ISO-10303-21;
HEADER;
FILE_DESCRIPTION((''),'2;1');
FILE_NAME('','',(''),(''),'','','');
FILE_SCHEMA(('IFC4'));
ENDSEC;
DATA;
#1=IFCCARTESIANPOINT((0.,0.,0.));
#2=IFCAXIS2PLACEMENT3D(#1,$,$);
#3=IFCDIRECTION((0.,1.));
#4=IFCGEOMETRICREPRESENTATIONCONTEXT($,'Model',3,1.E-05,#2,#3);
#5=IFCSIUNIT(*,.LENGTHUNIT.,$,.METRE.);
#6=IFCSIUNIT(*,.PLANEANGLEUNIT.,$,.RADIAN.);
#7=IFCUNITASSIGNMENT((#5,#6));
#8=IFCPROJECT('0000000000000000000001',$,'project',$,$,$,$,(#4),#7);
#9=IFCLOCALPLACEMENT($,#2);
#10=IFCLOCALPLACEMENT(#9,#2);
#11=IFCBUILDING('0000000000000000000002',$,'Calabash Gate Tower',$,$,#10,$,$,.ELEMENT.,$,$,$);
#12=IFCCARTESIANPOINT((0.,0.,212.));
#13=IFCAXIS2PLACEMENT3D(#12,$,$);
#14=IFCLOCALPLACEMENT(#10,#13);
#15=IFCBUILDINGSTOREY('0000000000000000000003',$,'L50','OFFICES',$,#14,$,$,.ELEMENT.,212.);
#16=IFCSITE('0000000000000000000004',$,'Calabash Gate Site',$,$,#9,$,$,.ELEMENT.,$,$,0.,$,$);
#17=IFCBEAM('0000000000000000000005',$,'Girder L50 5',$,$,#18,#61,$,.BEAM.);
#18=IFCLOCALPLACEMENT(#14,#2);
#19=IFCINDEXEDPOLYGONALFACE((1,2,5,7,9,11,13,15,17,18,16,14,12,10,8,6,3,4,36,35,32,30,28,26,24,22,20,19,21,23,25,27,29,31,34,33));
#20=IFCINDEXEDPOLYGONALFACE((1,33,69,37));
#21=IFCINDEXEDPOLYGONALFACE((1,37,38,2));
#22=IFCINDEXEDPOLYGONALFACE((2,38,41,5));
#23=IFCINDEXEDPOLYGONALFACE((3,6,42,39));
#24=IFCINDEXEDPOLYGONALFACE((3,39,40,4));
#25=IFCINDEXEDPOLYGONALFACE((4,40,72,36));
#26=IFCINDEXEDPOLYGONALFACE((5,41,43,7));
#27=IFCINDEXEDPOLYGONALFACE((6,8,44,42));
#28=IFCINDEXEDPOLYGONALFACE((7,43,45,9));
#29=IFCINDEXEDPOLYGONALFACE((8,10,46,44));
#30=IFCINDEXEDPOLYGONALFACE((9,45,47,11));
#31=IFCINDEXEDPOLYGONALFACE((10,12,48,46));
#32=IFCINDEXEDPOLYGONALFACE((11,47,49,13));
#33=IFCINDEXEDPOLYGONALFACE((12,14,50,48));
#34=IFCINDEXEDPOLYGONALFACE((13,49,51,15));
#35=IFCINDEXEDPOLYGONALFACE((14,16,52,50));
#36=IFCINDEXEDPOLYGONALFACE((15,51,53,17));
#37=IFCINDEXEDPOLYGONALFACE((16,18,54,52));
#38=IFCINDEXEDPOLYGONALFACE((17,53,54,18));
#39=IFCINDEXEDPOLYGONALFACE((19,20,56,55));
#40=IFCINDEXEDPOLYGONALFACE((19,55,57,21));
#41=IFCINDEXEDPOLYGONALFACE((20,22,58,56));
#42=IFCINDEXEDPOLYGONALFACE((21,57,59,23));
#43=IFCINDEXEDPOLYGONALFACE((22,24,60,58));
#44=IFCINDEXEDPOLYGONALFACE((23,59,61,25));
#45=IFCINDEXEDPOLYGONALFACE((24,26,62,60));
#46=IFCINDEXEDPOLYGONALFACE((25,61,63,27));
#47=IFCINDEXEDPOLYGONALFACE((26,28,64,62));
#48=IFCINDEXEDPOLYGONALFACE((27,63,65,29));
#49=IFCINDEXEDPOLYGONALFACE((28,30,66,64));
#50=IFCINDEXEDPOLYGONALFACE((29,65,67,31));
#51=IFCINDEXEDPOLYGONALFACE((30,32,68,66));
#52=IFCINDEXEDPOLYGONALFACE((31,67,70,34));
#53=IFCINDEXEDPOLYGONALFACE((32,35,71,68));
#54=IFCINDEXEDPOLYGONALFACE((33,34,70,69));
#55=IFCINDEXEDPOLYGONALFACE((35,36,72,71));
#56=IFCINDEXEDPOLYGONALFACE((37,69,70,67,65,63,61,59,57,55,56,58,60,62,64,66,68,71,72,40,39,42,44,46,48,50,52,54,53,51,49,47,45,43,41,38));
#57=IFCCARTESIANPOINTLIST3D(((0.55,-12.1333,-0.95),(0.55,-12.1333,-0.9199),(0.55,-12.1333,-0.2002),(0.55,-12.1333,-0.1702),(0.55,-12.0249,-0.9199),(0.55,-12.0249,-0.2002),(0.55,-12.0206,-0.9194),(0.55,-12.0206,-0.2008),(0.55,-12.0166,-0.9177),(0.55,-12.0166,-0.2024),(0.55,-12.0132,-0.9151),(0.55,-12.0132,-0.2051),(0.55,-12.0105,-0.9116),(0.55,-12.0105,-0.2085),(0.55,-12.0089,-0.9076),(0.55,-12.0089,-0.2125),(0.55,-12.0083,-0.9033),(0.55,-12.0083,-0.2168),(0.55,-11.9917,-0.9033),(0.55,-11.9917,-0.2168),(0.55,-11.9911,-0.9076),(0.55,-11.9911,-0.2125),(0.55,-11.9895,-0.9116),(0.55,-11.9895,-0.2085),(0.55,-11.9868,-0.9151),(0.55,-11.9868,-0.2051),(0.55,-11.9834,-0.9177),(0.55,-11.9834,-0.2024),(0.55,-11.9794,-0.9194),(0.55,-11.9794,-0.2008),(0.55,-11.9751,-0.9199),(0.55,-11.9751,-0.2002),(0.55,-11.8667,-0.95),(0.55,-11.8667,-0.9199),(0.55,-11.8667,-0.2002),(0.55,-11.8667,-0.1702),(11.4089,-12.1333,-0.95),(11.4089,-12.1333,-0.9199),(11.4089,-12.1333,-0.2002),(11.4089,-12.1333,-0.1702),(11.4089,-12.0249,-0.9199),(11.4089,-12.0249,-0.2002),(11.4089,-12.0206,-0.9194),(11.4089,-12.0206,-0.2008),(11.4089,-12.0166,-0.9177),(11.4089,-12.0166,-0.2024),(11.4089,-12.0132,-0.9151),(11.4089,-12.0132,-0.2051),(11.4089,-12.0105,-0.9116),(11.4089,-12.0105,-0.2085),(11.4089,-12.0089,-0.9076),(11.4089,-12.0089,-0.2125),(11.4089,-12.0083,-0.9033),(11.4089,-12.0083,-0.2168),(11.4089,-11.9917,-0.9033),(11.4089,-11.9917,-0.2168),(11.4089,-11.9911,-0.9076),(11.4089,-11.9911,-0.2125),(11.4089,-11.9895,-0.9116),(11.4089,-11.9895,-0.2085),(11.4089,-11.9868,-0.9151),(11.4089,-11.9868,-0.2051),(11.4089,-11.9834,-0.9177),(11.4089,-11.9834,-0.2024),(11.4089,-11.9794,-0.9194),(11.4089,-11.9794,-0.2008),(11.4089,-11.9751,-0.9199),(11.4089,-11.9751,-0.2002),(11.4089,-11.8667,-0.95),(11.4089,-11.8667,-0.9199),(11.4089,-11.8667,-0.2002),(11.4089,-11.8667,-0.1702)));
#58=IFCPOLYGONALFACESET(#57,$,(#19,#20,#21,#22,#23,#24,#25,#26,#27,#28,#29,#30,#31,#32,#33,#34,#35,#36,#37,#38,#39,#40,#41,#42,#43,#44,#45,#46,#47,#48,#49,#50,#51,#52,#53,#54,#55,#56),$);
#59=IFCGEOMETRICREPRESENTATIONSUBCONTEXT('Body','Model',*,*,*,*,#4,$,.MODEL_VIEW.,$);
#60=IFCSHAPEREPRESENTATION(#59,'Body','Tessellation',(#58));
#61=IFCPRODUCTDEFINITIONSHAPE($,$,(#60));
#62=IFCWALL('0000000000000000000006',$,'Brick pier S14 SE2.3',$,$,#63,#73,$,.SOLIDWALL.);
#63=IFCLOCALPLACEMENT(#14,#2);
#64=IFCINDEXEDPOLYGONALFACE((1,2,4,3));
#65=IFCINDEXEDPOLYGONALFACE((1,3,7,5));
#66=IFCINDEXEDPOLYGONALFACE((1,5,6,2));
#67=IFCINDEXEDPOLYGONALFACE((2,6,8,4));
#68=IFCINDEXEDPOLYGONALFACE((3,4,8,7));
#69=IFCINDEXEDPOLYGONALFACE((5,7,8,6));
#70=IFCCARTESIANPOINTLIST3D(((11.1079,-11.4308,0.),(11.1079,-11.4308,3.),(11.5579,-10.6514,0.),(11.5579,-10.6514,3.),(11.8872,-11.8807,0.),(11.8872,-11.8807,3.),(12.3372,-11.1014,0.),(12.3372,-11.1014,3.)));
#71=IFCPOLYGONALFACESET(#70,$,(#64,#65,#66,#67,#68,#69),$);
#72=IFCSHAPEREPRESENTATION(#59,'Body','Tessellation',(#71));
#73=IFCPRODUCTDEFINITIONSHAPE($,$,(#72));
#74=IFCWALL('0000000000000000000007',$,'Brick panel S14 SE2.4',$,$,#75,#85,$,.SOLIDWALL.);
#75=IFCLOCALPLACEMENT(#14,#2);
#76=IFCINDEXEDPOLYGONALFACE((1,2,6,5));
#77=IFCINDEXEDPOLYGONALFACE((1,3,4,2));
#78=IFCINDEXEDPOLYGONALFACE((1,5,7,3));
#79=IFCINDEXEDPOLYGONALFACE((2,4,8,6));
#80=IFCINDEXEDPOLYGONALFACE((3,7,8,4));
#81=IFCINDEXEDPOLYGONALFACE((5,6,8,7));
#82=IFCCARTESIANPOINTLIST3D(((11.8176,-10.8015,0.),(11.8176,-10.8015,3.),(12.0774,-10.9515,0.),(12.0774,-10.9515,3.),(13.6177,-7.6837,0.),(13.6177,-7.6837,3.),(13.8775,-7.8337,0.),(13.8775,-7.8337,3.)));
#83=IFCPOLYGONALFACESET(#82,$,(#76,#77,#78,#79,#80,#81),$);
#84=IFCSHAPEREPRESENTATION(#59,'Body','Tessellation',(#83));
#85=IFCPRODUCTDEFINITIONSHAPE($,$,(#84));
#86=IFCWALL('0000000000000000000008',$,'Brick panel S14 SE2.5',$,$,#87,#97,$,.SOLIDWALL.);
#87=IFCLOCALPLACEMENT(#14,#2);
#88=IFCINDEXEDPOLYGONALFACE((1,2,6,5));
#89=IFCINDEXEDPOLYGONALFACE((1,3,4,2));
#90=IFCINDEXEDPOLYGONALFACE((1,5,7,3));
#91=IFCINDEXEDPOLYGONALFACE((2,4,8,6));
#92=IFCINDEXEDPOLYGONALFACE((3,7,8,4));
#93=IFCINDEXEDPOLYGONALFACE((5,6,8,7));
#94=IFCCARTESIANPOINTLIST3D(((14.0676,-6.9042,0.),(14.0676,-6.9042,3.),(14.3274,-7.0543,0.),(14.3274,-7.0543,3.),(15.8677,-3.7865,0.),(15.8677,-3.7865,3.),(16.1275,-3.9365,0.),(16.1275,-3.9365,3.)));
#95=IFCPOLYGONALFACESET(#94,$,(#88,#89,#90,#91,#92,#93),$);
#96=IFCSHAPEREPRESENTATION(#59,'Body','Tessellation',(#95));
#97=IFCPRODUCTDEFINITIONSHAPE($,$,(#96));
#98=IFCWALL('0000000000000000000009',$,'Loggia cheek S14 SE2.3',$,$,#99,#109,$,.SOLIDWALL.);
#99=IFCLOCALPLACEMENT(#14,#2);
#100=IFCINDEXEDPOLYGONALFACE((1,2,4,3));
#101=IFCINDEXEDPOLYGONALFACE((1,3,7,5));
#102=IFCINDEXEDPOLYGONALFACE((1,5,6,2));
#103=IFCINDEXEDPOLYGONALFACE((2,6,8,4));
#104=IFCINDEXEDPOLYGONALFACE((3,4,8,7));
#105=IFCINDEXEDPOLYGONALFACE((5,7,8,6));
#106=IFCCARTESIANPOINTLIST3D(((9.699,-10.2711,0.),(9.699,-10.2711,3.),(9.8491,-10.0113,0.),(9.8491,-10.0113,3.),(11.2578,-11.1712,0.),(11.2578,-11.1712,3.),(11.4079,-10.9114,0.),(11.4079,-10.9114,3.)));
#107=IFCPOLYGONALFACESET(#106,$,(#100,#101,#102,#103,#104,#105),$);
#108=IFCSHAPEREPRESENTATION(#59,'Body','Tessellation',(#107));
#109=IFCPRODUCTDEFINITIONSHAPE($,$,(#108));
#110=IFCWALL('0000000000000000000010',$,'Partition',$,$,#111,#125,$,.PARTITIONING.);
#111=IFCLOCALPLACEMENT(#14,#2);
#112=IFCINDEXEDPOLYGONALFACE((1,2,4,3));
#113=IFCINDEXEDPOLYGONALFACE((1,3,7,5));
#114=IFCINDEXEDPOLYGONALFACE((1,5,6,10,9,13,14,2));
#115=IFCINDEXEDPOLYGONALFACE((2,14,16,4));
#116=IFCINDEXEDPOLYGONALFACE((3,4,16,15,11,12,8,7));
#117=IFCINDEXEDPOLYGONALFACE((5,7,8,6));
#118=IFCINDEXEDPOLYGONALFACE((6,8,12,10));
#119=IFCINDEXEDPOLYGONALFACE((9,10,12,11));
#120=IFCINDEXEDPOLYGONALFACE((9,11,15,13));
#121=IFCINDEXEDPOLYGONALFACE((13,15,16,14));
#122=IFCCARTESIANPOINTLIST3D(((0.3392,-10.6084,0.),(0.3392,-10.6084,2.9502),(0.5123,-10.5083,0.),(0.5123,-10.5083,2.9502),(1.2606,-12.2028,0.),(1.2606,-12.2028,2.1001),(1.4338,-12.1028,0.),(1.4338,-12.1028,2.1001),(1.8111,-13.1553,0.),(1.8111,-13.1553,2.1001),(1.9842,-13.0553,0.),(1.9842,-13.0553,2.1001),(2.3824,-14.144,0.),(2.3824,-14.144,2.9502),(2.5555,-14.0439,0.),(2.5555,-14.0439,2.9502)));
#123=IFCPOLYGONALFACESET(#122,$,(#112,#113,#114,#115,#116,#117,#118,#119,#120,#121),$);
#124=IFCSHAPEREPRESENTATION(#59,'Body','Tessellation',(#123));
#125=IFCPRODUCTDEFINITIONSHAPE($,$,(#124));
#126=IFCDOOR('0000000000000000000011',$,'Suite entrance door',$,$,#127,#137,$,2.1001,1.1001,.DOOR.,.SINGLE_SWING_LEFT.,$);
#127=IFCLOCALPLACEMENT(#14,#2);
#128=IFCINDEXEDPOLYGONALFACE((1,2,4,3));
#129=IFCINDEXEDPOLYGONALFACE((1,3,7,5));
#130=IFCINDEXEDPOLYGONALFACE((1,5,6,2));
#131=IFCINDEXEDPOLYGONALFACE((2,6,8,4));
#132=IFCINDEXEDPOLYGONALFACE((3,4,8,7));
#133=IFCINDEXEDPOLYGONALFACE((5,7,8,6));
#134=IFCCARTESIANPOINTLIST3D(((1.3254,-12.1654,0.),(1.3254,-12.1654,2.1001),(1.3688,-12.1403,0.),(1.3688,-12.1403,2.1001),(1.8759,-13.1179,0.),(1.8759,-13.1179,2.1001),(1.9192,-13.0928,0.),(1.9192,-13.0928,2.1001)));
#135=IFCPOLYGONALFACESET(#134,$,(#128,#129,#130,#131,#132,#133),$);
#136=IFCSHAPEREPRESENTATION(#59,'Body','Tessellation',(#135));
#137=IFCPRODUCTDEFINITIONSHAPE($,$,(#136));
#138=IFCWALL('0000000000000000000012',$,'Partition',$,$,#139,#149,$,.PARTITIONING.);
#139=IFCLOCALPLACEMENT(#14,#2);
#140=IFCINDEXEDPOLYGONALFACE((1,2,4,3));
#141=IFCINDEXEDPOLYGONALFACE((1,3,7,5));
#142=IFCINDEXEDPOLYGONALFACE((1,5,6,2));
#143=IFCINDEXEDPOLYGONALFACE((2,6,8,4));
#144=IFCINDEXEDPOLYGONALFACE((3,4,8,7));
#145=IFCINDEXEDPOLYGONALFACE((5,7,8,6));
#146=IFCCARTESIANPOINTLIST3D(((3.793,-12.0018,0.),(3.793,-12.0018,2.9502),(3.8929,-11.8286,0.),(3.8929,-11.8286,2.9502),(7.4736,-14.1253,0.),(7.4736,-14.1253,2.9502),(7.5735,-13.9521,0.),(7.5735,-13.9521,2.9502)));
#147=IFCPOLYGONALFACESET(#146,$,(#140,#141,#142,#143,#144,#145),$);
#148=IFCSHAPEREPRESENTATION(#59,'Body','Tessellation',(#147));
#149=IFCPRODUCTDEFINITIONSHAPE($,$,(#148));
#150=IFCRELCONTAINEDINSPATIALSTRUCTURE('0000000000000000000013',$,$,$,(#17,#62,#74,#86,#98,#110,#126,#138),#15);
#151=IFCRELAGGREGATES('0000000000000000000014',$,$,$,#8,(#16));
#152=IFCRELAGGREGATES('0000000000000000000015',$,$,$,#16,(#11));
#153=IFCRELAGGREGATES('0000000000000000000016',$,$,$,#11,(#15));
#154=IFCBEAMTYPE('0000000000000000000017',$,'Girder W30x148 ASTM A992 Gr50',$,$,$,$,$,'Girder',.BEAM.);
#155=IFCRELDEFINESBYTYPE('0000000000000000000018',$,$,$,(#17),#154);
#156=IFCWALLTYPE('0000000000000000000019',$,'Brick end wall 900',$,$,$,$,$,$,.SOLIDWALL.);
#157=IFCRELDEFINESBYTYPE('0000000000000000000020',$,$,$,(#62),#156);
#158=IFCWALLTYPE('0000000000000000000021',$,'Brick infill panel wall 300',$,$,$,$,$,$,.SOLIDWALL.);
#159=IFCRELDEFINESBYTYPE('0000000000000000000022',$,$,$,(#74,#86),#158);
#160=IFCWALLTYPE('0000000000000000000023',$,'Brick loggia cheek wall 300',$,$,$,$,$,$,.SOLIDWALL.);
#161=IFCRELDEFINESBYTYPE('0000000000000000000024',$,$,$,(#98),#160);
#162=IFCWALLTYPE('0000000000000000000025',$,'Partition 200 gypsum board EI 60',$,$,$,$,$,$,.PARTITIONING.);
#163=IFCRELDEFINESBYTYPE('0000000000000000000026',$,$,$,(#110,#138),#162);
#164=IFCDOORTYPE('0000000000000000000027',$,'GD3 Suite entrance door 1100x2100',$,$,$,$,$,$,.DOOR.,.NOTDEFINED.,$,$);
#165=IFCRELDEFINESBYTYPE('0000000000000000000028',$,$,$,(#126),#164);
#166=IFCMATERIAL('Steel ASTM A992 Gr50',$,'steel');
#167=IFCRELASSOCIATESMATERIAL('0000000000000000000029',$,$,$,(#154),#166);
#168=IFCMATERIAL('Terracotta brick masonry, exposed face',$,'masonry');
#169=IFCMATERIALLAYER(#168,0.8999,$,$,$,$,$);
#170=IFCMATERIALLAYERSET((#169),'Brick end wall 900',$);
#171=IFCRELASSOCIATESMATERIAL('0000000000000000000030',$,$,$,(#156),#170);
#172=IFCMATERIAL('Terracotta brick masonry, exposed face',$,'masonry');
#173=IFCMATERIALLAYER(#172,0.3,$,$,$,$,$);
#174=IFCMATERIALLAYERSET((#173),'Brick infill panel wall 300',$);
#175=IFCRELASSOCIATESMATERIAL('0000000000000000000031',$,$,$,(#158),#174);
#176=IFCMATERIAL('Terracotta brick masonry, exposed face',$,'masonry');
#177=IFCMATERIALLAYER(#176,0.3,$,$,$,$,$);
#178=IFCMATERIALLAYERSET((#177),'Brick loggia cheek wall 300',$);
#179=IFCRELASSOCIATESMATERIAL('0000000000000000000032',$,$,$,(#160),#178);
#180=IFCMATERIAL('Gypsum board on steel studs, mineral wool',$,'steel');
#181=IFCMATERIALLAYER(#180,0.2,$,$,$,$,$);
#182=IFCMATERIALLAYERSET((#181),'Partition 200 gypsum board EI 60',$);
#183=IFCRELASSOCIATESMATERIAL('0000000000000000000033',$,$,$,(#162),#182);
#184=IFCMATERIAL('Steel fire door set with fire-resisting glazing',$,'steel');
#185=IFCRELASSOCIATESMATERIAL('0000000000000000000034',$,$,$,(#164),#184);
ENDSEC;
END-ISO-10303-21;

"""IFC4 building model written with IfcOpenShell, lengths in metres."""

from ifc_helpers import new_model, si_unit, direction, frame, frame_2d, origin, origin_2d, place, context, subcontext, project, spatial, rectangle, i_section, extrude, material, layer, layer_set, material_profile, profile_set, type_object, element, fill, save


model = new_model("IFC4")

# Units and contexts
model_context = context("Model", 3, precision=1e-05, world=origin(), true_north=direction((0.0, 1.0)))
body_context = subcontext(model_context, "Body", "Model", "MODEL_VIEW")
ifc_project = project(units=[si_unit("LENGTHUNIT", "METRE"), si_unit("PLANEANGLEUNIT", "RADIAN")], contexts=[model_context])

# Site, building, storey
site_placement = place(None, origin())
site = spatial("IfcSite", under=ifc_project, at=site_placement, Name="Calabash Gate Site", CompositionType="ELEMENT", RefElevation=0.0)
building_placement = place(site_placement, origin())
building = spatial("IfcBuilding", under=site, at=building_placement, Name="Calabash Gate Tower", CompositionType="ELEMENT")
storey_placement = place(building_placement, frame((0.0, 0.0, 212.0)))
storey = spatial("IfcBuildingStorey", under=building, at=storey_placement, Name="L50", Description="OFFICES", CompositionType="ELEMENT", Elevation=212.0)

# Beam
ifc_material_1 = material(Name="Steel ASTM A992 Gr50", Category="steel")
ifc_material_profile_1 = material_profile(ifc_material_1, i_section(OverallWidth=0.2666, OverallDepth=0.7798, WebThickness=0.0166, FlangeThickness=0.03, FilletRadius=0.0166, at=origin_2d()))
ifc_profile_set_1 = profile_set([ifc_material_profile_1], Name="Steel ASTM A992 Gr50")
beam_type_1 = type_object("IfcBeamType", Name="Girder W30x148 ASTM A992 Gr50", ElementType="Girder", PredefinedType="BEAM", material=ifc_profile_set_1)
beam_1_placement = place(storey_placement, frame((0.55, -12.0, -0.5601), z_axis=(1.0, 0.0, 0.0), x_axis=(0.0, 1.0, 0.0)))
element("IfcBeam", 1, at=beam_1_placement, inside=storey, type_object=beam_type_1, Name="Girder L50 5", PredefinedType="BEAM", context=body_context, shape_type="SweptSolid", body=[
    extrude(i_section(OverallWidth=0.2666, OverallDepth=0.7798, WebThickness=0.0166, FlangeThickness=0.03, FilletRadius=0.0166, at=origin_2d()), origin(), (0.0, 0.0, 1.0), 10.8589),
])

# Walls
ifc_material_2 = material(Name="Terracotta brick masonry, exposed face", Category="masonry")
ifc_layer_1 = layer(ifc_material_2, 0.8999)
ifc_layer_set_1 = layer_set([ifc_layer_1], Name="Brick end wall 900")
wall_type_1 = type_object("IfcWallType", Name="Brick end wall 900", PredefinedType="SOLIDWALL", material=ifc_layer_set_1)
wall_1_placement = place(storey_placement, frame((11.4976, -11.6558, 0.0), z_axis=(0.0, 0.0, 1.0), x_axis=(0.50002, 0.866014, 0.0)))
element("IfcWall", 2, at=wall_1_placement, inside=storey, type_object=wall_type_1, Name="Brick pier S14 SE2.3", PredefinedType="SOLIDWALL", context=body_context, shape_type="SweptSolid", body=[
    extrude(rectangle(XDim=0.8999, YDim=0.8999, at=frame_2d((0.45, 0.0))), origin(), (0.0, 0.0, 1.0), 3.0),
])
ifc_material_3 = material(Name="Terracotta brick masonry, exposed face", Category="masonry")
ifc_layer_2 = layer(ifc_material_3, 0.3)
ifc_layer_set_2 = layer_set([ifc_layer_2], Name="Brick infill panel wall 300")
wall_type_2 = type_object("IfcWallType", Name="Brick infill panel wall 300", PredefinedType="SOLIDWALL", material=ifc_layer_set_2)
for number, where, z_axis, x_axis, name in (
    (3, (11.9475, -10.8765, 0.0), (0.0, 0.0, 1.0), (0.500012, 0.866018, 0.0), "Brick panel S14 SE2.4"),
    (4, (14.1975, -6.9792, 0.0), (0.0, 0.0, 1.0), (0.500012, 0.866018, 0.0), "Brick panel S14 SE2.5"),
):
    element("IfcWall", number, at=place(storey_placement, frame(where, z_axis=z_axis, x_axis=x_axis)), inside=storey, type_object=wall_type_2, Name=name, PredefinedType="SOLIDWALL", context=body_context, shape_type="SweptSolid", body=[
        extrude(rectangle(XDim=3.6001, YDim=0.3, at=frame_2d((1.8, 0.0))), origin(), (0.0, 0.0, 1.0), 3.0),
    ])
ifc_material_4 = material(Name="Terracotta brick masonry, exposed face", Category="masonry")
ifc_layer_3 = layer(ifc_material_4, 0.3)
ifc_layer_set_3 = layer_set([ifc_layer_3], Name="Brick loggia cheek wall 300")
wall_type_3 = type_object("IfcWallType", Name="Brick loggia cheek wall 300", PredefinedType="SOLIDWALL", material=ifc_layer_set_3)
wall_2_placement = place(storey_placement, frame((11.3328, -11.0413, 0.0), z_axis=(0.0, 0.0, 1.0), x_axis=(-0.865989, 0.500063, 0.0)))
element("IfcWall", 5, at=wall_2_placement, inside=storey, type_object=wall_type_3, Name="Loggia cheek S14 SE2.3", PredefinedType="SOLIDWALL", context=body_context, shape_type="SweptSolid", body=[
    extrude(rectangle(XDim=1.8, YDim=0.3, at=frame_2d((0.8999, 0.0))), origin(), (0.0, 0.0, 1.0), 3.0),
])

# Wall, opening, door
ifc_material_5 = material(Name="Gypsum board on steel studs, mineral wool", Category="steel")
ifc_layer_4 = layer(ifc_material_5, 0.2)
ifc_layer_set_4 = layer_set([ifc_layer_4], Name="Partition 200 gypsum board EI 60")
wall_type_4 = type_object("IfcWallType", Name="Partition 200 gypsum board EI 60", PredefinedType="PARTITIONING", material=ifc_layer_set_4)
wall_3_placement = place(storey_placement, frame((0.4258, -10.5583, 0.0), z_axis=(0.0, 0.0, 1.0), x_axis=(0.50035, -0.865823, 0.0)))
wall_3 = element("IfcWall", 6, at=wall_3_placement, inside=storey, type_object=wall_type_4, Name="Partition", PredefinedType="PARTITIONING", context=body_context, shape_type="SweptSolid", body=[
    extrude(rectangle(XDim=4.0835, YDim=0.2, at=frame_2d((2.0417, 0.0))), origin(), (0.0, 0.0, 1.0), 2.9502),
])
opening_1_placement = place(wall_3_placement, frame((1.8416, 0.0, 0.0)))
opening_1 = element("IfcOpeningElement", 7, at=opening_1_placement, cuts=wall_3, PredefinedType="OPENING", context=body_context, shape_type="SweptSolid", body=[
    extrude(rectangle(XDim=1.1001, YDim=2.1001, at=frame_2d((0.55, 1.05))), frame((0.0, 0.1099, 0.0), z_axis=(0.0, -1.0, 0.0), x_axis=(1.0, 0.0, 0.0)), (0.0, 0.0, 1.0), 0.22),
])
ifc_material_6 = material(Name="Steel fire door set with fire-resisting glazing", Category="steel")
door_type_1 = type_object("IfcDoorType", Name="GD3 Suite entrance door 1100x2100", OperationType="NOTDEFINED", PredefinedType="DOOR", material=ifc_material_6)
door_1_placement = place(opening_1_placement, origin())
door_1 = element("IfcDoor", 8, at=door_1_placement, inside=storey, type_object=door_type_1, Name="Suite entrance door", OperationType="SINGLE_SWING_LEFT", OverallHeight=2.1001, OverallWidth=1.1001, PredefinedType="DOOR", context=body_context, shape_type="SweptSolid", body=[
    extrude(rectangle(XDim=1.1001, YDim=2.1001, at=frame_2d((0.55, 1.05))), frame((0.0, 0.0249, 0.0), z_axis=(0.0, -1.0, 0.0), x_axis=(1.0, 0.0, 0.0)), (0.0, 0.0, 1.0), 0.05),
])
fill(opening_1, door_1)

# Wall
wall_4_placement = place(storey_placement, frame((3.843, -11.9153, 0.0), z_axis=(0.0, 0.0, 1.0), x_axis=(0.866178, -0.499736, 0.0)))
element("IfcWall", 9, at=wall_4_placement, inside=storey, type_object=wall_type_4, Name="Partition", PredefinedType="PARTITIONING", context=body_context, shape_type="SweptSolid", body=[
    extrude(rectangle(XDim=4.2493, YDim=0.2, at=frame_2d((2.1245, 0.0))), origin(), (0.0, 0.0, 1.0), 2.9502),
])

save(model, "model.ifc")
